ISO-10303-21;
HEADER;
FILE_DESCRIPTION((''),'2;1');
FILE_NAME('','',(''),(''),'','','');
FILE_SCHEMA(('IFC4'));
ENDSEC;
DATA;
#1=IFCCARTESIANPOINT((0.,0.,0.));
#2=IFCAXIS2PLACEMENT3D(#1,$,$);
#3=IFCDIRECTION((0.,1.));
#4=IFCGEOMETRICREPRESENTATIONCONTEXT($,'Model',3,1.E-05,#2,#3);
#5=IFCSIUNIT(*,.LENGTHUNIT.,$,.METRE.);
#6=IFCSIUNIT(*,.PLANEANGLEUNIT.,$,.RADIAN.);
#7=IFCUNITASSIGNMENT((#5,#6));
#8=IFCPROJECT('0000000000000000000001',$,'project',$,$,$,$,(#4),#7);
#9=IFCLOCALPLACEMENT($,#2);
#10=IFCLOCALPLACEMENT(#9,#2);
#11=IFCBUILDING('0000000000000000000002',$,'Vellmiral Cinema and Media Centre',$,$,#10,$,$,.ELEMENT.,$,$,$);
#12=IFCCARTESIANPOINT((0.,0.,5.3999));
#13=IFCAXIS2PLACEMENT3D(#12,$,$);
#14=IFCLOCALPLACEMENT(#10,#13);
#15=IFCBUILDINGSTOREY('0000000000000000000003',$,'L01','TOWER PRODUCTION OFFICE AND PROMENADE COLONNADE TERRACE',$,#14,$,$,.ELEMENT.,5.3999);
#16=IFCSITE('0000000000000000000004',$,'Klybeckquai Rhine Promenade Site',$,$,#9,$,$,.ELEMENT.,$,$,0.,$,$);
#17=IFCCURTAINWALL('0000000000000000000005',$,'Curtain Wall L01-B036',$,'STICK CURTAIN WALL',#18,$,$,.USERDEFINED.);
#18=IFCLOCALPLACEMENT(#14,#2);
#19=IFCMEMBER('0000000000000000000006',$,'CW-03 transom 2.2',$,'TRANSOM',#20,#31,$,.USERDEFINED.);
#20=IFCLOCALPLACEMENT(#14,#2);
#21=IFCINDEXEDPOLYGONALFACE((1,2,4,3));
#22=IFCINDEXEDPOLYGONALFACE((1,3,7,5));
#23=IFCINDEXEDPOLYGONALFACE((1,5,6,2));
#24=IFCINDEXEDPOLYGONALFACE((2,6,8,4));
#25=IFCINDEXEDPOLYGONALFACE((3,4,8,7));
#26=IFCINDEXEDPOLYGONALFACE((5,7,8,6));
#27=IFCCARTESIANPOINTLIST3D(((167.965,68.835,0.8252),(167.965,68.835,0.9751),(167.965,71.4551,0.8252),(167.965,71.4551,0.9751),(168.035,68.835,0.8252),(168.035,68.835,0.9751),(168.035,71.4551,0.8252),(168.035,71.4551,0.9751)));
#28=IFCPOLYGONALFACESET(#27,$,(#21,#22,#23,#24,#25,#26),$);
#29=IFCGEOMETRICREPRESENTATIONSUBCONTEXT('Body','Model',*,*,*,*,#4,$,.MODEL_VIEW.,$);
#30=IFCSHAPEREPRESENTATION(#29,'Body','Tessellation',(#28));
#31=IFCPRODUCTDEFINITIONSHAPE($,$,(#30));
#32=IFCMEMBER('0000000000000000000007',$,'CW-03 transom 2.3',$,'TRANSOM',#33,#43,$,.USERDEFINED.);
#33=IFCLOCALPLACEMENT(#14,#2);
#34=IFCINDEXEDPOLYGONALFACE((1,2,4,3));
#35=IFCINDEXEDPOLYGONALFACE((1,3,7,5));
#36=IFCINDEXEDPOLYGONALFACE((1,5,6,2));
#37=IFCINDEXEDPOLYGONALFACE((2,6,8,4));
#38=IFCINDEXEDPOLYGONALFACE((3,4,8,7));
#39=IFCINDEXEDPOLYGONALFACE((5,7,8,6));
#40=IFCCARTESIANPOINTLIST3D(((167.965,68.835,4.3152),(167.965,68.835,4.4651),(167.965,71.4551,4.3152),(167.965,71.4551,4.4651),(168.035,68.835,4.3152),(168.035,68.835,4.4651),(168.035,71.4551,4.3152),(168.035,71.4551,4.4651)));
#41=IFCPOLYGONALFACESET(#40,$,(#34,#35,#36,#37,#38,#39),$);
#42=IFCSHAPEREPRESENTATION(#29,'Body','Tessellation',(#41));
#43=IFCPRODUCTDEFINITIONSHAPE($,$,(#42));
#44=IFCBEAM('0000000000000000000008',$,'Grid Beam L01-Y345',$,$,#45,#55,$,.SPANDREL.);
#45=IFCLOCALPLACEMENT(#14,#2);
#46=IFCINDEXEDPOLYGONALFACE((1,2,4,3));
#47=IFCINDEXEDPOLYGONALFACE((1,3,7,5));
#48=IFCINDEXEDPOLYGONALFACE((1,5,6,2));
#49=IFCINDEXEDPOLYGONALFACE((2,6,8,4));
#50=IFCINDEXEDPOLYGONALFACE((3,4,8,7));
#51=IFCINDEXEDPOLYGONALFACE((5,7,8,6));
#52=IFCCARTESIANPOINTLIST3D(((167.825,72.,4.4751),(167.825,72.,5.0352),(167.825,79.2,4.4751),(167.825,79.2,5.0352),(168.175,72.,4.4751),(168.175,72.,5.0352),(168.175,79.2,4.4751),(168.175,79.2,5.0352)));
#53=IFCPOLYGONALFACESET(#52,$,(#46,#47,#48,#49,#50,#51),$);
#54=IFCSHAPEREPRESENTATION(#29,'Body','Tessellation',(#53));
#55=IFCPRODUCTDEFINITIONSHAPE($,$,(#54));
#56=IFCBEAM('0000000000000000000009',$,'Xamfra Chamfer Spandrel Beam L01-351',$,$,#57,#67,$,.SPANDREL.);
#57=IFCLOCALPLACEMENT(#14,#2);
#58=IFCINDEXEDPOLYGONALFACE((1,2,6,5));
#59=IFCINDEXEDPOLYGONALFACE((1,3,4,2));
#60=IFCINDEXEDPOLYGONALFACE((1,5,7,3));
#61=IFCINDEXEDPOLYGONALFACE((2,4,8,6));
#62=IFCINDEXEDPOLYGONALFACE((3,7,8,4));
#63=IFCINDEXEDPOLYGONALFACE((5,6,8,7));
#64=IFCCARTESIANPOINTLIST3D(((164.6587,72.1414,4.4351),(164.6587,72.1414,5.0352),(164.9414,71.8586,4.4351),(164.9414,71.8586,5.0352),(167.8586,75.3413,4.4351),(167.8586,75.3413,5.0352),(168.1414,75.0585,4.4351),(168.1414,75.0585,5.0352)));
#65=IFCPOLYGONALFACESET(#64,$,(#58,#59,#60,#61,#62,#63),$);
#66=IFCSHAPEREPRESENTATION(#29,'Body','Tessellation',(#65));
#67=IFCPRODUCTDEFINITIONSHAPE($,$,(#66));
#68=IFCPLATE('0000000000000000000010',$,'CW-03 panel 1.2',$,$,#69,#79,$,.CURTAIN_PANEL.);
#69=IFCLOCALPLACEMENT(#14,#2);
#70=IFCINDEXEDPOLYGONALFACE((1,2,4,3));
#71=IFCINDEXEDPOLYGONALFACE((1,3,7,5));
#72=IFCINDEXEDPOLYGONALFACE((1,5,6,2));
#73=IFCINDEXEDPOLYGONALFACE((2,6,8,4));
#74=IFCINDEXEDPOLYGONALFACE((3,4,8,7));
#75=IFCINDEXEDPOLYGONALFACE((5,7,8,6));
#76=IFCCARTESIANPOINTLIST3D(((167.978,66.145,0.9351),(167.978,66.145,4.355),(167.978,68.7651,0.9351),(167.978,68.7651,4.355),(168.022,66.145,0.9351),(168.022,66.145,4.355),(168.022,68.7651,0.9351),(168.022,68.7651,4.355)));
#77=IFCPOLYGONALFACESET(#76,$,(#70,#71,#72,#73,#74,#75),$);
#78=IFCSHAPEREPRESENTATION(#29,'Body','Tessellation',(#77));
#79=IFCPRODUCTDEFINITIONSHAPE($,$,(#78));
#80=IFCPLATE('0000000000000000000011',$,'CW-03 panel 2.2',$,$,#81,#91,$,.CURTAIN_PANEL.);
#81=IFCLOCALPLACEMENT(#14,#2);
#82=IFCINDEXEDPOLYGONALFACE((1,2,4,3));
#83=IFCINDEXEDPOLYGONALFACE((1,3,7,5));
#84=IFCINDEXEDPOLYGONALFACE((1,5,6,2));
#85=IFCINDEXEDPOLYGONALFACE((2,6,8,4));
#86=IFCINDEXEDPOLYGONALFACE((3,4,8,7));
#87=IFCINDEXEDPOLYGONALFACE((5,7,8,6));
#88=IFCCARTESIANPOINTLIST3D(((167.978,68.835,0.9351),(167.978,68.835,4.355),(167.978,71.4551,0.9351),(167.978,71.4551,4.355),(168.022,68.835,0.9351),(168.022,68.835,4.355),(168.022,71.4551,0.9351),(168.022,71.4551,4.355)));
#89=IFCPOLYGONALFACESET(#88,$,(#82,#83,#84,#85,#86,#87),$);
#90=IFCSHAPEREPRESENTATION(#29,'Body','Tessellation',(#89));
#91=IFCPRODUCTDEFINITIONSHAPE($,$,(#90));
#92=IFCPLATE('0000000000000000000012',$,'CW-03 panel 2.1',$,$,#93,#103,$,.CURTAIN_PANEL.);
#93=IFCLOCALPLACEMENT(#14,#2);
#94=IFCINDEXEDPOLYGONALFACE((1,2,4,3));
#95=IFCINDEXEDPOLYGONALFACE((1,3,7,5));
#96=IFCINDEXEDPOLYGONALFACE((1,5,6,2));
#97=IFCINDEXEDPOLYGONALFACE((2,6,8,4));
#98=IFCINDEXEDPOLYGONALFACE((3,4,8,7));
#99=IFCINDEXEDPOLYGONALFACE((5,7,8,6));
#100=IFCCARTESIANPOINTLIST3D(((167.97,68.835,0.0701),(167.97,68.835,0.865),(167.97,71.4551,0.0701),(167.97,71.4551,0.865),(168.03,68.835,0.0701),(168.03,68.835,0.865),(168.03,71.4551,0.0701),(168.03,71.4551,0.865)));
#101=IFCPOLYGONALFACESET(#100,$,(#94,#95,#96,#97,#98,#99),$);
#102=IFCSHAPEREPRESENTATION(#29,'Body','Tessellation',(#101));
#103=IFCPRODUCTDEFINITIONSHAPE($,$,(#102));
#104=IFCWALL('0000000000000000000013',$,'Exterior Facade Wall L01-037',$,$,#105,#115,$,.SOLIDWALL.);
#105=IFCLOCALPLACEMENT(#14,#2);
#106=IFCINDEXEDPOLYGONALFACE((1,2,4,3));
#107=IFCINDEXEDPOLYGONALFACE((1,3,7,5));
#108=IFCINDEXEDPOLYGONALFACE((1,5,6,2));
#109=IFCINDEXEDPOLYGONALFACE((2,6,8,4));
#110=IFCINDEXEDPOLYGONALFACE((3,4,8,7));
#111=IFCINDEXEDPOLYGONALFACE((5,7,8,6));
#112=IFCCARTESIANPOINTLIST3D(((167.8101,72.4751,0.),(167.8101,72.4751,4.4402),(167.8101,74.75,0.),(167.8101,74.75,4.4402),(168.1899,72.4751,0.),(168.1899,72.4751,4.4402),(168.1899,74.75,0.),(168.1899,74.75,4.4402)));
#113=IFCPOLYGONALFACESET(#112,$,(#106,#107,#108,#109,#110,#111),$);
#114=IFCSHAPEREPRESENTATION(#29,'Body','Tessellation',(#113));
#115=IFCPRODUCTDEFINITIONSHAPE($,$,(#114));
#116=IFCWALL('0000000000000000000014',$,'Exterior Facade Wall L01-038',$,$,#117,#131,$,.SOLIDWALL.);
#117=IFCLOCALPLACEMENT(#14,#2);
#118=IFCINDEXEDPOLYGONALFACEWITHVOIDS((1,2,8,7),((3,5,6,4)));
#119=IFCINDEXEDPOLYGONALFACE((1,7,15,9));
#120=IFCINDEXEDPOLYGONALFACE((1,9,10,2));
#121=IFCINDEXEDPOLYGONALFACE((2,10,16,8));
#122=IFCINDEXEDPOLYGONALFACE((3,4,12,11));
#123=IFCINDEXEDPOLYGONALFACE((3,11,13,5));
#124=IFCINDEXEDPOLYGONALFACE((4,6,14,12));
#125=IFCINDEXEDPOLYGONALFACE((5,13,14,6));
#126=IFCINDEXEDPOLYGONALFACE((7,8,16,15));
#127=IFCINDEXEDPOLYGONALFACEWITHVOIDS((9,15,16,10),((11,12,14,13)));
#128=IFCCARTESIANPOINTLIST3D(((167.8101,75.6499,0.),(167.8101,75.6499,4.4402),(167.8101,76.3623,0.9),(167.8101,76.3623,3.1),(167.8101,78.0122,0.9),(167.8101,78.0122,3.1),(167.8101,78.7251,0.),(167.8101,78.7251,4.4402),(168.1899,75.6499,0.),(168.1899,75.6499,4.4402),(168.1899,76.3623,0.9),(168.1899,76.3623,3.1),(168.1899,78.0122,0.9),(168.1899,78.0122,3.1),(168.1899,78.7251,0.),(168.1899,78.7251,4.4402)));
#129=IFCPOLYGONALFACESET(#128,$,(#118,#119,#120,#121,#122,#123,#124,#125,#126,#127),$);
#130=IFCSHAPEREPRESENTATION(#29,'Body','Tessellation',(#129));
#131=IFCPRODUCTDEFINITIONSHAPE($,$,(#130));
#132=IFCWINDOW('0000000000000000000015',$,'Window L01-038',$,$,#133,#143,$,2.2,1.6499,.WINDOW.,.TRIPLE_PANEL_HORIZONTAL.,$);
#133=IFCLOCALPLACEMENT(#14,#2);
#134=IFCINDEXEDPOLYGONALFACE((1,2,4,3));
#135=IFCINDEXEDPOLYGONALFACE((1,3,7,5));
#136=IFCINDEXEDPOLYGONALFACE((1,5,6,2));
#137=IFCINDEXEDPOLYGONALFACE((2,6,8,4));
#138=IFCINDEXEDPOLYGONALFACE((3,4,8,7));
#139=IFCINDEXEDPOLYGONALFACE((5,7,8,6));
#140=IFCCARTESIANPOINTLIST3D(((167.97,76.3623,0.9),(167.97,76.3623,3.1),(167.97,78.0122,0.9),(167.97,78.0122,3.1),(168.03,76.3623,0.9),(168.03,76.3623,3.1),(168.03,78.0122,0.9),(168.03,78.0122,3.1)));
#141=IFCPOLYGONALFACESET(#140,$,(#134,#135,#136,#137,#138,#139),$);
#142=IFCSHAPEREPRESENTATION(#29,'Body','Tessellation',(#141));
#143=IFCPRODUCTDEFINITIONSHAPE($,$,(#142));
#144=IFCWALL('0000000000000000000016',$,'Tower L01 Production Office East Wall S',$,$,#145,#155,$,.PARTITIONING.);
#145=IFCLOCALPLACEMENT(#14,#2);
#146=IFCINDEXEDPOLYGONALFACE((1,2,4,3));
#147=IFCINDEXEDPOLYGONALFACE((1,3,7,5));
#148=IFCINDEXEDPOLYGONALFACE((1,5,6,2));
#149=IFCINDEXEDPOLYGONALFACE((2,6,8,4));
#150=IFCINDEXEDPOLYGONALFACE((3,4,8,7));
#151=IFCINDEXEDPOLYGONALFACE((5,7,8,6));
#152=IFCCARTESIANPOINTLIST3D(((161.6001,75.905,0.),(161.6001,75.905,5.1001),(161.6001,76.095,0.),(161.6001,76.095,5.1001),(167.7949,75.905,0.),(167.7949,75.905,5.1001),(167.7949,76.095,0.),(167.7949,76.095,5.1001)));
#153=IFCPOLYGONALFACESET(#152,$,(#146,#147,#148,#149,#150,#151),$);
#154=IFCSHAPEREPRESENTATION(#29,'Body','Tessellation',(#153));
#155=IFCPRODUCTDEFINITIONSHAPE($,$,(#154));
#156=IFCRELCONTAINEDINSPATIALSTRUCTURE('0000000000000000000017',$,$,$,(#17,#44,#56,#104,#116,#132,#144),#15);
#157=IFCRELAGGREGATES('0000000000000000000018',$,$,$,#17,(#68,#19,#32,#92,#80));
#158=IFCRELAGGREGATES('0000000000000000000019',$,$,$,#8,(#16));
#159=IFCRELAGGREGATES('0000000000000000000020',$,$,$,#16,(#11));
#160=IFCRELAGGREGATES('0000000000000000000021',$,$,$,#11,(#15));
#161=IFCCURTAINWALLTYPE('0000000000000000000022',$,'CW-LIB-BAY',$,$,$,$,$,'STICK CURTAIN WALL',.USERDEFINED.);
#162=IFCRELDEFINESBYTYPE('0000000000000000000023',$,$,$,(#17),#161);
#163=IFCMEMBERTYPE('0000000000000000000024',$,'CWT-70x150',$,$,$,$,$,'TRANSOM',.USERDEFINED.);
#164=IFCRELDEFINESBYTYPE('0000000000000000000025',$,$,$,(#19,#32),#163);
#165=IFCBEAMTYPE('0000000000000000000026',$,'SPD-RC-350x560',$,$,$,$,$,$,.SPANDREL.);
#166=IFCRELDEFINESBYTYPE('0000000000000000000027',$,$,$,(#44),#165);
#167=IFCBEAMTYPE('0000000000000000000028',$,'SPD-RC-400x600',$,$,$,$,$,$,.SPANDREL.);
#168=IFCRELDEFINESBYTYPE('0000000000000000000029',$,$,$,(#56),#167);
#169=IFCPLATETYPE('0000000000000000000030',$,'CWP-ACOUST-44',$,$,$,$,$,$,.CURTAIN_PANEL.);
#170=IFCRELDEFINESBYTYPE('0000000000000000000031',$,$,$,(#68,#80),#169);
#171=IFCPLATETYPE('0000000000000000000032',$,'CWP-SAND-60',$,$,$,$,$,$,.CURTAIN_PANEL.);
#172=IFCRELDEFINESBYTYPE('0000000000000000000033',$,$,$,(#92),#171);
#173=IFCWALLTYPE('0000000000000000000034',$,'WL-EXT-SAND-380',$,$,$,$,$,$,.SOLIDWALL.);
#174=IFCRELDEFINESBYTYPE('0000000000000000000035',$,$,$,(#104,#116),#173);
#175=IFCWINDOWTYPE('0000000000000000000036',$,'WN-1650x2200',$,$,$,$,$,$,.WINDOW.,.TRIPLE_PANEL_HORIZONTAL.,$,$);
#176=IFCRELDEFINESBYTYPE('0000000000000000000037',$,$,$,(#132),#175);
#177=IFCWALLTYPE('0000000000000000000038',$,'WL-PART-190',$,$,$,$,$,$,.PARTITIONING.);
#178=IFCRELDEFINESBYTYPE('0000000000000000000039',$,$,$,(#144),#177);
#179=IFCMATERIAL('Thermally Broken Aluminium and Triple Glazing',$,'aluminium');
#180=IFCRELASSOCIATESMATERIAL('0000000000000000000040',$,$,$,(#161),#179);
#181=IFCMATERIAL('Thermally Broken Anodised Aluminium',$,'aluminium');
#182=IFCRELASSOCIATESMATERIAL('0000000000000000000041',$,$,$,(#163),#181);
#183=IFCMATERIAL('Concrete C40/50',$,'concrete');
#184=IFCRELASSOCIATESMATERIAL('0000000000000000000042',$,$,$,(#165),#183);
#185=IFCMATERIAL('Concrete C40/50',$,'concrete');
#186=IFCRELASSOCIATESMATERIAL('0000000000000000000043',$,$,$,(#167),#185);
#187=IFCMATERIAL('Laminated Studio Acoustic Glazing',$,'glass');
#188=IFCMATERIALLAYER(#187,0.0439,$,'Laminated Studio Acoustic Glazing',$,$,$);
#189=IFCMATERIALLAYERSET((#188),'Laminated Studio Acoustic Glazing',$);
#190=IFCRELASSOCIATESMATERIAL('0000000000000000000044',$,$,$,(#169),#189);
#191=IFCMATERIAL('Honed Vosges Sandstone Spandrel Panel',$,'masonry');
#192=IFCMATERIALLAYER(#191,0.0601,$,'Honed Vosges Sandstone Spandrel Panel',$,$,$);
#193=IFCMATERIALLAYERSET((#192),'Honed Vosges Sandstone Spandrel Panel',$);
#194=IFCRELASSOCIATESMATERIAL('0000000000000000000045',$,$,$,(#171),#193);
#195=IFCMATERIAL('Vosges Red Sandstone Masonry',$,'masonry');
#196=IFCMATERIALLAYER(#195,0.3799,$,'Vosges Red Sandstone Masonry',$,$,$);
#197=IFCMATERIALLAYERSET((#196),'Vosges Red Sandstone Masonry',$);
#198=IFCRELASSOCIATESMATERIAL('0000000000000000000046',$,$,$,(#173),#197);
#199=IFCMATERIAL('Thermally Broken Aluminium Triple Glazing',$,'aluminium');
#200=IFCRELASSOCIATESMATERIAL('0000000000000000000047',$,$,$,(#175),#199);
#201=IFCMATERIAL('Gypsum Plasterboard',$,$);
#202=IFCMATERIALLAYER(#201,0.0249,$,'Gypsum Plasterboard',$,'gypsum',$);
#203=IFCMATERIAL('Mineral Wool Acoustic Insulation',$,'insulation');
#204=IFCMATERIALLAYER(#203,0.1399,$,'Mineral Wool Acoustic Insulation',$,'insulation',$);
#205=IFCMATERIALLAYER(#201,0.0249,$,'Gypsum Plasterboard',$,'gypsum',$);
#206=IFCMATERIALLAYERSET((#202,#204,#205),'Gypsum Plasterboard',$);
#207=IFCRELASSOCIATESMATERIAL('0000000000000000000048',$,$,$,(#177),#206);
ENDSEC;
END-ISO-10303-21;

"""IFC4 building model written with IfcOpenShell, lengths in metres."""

from ifc_helpers import new_model, si_unit, direction, frame, frame_2d, origin, origin_2d, place, context, subcontext, project, spatial, rectangle, extrude, material, layer, layer_set, material_profile, profile_set, type_object, element, fill, aggregate, save


model = new_model("IFC4")

# Units and contexts
model_context = context("Model", 3, precision=1e-05, world=origin(), true_north=direction((0.0, 1.0)))
body_context = subcontext(model_context, "Body", "Model", "MODEL_VIEW")
ifc_project = project(units=[si_unit("LENGTHUNIT", "METRE"), si_unit("PLANEANGLEUNIT", "RADIAN")], contexts=[model_context])

# Site, building, storey
site_placement = place(None, origin())
site = spatial("IfcSite", under=ifc_project, at=site_placement, Name="Klybeckquai Rhine Promenade Site", CompositionType="ELEMENT", RefElevation=0.0)
building_placement = place(site_placement, origin())
building = spatial("IfcBuilding", under=site, at=building_placement, Name="Vellmiral Cinema and Media Centre", CompositionType="ELEMENT")
storey_placement = place(building_placement, frame((0.0, 0.0, 5.3999)))
storey = spatial("IfcBuildingStorey", under=building, at=storey_placement, Name="L01", Description="TOWER PRODUCTION OFFICE AND PROMENADE COLONNADE TERRACE", CompositionType="ELEMENT", Elevation=5.3999)

# Curtain wall, members
ifc_material_1 = material(Name="Thermally Broken Aluminium and Triple Glazing", Category="aluminium")
curtain_wall_type = type_object("IfcCurtainWallType", Name="CW-LIB-BAY", ElementType="STICK CURTAIN WALL", PredefinedType="USERDEFINED", material=ifc_material_1)
curtain_wall_placement = place(storey_placement, origin())
curtain_wall = element("IfcCurtainWall", 1, at=curtain_wall_placement, inside=storey, type_object=curtain_wall_type, Name="Curtain Wall L01-B036", ObjectType="STICK CURTAIN WALL", PredefinedType="USERDEFINED")
ifc_material_2 = material(Name="Thermally Broken Anodised Aluminium", Category="aluminium")
ifc_material_profile_1 = material_profile(ifc_material_2, rectangle(XDim=0.0701, YDim=0.1499, at=origin_2d()), Name="MULL 70x150")
ifc_profile_set_1 = profile_set([ifc_material_profile_1], Name="Thermally Broken Anodised Aluminium")
member_type_1 = type_object("IfcMemberType", Name="CWT-70x150", ElementType="TRANSOM", PredefinedType="USERDEFINED", material=ifc_profile_set_1)
member_1_placement = place(storey_placement, frame((168.0, 68.835, 0.9001), z_axis=(0.0, 1.0, 0.0), x_axis=(-1.0, 0.0, 0.0)))
member_1 = element("IfcMember", 2, at=member_1_placement, type_object=member_type_1, Name="CW-03 transom 2.2", ObjectType="TRANSOM", PredefinedType="USERDEFINED", context=body_context, shape_type="SweptSolid", body=[
    extrude(rectangle(XDim=0.0701, YDim=0.1499, at=origin_2d()), origin(), (0.0, 0.0, 1.0), 2.6201),
])
member_2_placement = place(storey_placement, frame((168.0, 68.835, 4.3901), z_axis=(0.0, 1.0, 0.0), x_axis=(-1.0, 0.0, 0.0)))
member_2 = element("IfcMember", 3, at=member_2_placement, type_object=member_type_1, Name="CW-03 transom 2.3", ObjectType="TRANSOM", PredefinedType="USERDEFINED", context=body_context, shape_type="SweptSolid", body=[
    extrude(rectangle(XDim=0.0701, YDim=0.1499, at=origin_2d()), origin(), (0.0, 0.0, 1.0), 2.6201),
])

# Beams
ifc_material_3 = material(Name="Concrete C40/50", Category="concrete")
ifc_material_profile_2 = material_profile(ifc_material_3, rectangle(XDim=0.3501, YDim=0.5601, at=origin_2d()), Name="RC 350x560")
ifc_profile_set_2 = profile_set([ifc_material_profile_2], Name="Concrete C40/50")
beam_type_1 = type_object("IfcBeamType", Name="SPD-RC-350x560", PredefinedType="SPANDREL", material=ifc_profile_set_2)
beam_1_placement = place(storey_placement, frame((168.0, 72.0, 4.7551), z_axis=(0.0, 1.0, 0.0), x_axis=(-1.0, 0.0, 0.0)))
element("IfcBeam", 4, at=beam_1_placement, inside=storey, type_object=beam_type_1, Name="Grid Beam L01-Y345", PredefinedType="SPANDREL", context=body_context, shape_type="SweptSolid", body=[
    extrude(rectangle(XDim=0.3501, YDim=0.5601, at=origin_2d()), origin(), (0.0, 0.0, 1.0), 7.2),
])
ifc_material_4 = material(Name="Concrete C40/50", Category="concrete")
ifc_material_profile_3 = material_profile(ifc_material_4, rectangle(XDim=0.3999, YDim=0.6001, at=origin_2d()), Name="RC 400x600")
ifc_profile_set_3 = profile_set([ifc_material_profile_3], Name="Concrete C40/50")
beam_type_2 = type_object("IfcBeamType", Name="SPD-RC-400x600", PredefinedType="SPANDREL", material=ifc_profile_set_3)
beam_2_placement = place(storey_placement, frame((164.8, 72.0, 4.7351), z_axis=(0.707107, 0.707107, 0.0), x_axis=(-0.707107, 0.707107, 0.0)))
element("IfcBeam", 5, at=beam_2_placement, inside=storey, type_object=beam_type_2, Name="Xamfra Chamfer Spandrel Beam L01-351", PredefinedType="SPANDREL", context=body_context, shape_type="SweptSolid", body=[
    extrude(rectangle(XDim=0.3999, YDim=0.6001, at=origin_2d()), origin(), (0.0, 0.0, 1.0), 4.5254),
])

# Plates
ifc_material_5 = material(Name="Laminated Studio Acoustic Glazing", Category="glass")
ifc_layer_1 = layer(ifc_material_5, 0.0439, Name="Laminated Studio Acoustic Glazing")
ifc_layer_set_1 = layer_set([ifc_layer_1], Name="Laminated Studio Acoustic Glazing")
plate_type_1 = type_object("IfcPlateType", Name="CWP-ACOUST-44", PredefinedType="CURTAIN_PANEL", material=ifc_layer_set_1)
plate_1_placement = place(storey_placement, frame((168.0, 67.4551, 0.9351), z_axis=(0.0, 0.0, 1.0), x_axis=(0.0, 1.0, 0.0)))
plate_1 = element("IfcPlate", 6, at=plate_1_placement, type_object=plate_type_1, Name="CW-03 panel 1.2", PredefinedType="CURTAIN_PANEL", context=body_context, shape_type="SweptSolid", body=[
    extrude(rectangle(XDim=2.6201, YDim=0.0439, at=origin_2d()), origin(), (0.0, 0.0, 1.0), 3.4199),
])
plate_2_placement = place(storey_placement, frame((168.0, 70.145, 0.9351), z_axis=(0.0, 0.0, 1.0), x_axis=(0.0, 1.0, 0.0)))
plate_2 = element("IfcPlate", 7, at=plate_2_placement, type_object=plate_type_1, Name="CW-03 panel 2.2", PredefinedType="CURTAIN_PANEL", context=body_context, shape_type="SweptSolid", body=[
    extrude(rectangle(XDim=2.6201, YDim=0.0439, at=origin_2d()), origin(), (0.0, 0.0, 1.0), 3.4199),
])
ifc_material_6 = material(Name="Honed Vosges Sandstone Spandrel Panel", Category="masonry")
ifc_layer_2 = layer(ifc_material_6, 0.0601, Name="Honed Vosges Sandstone Spandrel Panel")
ifc_layer_set_2 = layer_set([ifc_layer_2], Name="Honed Vosges Sandstone Spandrel Panel")
plate_type_2 = type_object("IfcPlateType", Name="CWP-SAND-60", PredefinedType="CURTAIN_PANEL", material=ifc_layer_set_2)
plate_3_placement = place(storey_placement, frame((168.0, 70.145, 0.0701), z_axis=(0.0, 0.0, 1.0), x_axis=(0.0, 1.0, 0.0)))
plate_3 = element("IfcPlate", 8, at=plate_3_placement, type_object=plate_type_2, Name="CW-03 panel 2.1", PredefinedType="CURTAIN_PANEL", context=body_context, shape_type="SweptSolid", body=[
    extrude(rectangle(XDim=2.6201, YDim=0.0601, at=origin_2d()), origin(), (0.0, 0.0, 1.0), 0.7949),
])
aggregate(curtain_wall, [plate_1, member_1, member_2, plate_3, plate_2])

# Wall
ifc_material_7 = material(Name="Vosges Red Sandstone Masonry", Category="masonry")
ifc_layer_3 = layer(ifc_material_7, 0.3799, Name="Vosges Red Sandstone Masonry")
ifc_layer_set_3 = layer_set([ifc_layer_3], Name="Vosges Red Sandstone Masonry")
wall_type_1 = type_object("IfcWallType", Name="WL-EXT-SAND-380", PredefinedType="SOLIDWALL", material=ifc_layer_set_3)
wall_1_placement = place(storey_placement, frame((168.0, 72.4751, 0.0), z_axis=(0.0, 0.0, 1.0), x_axis=(0.0, 1.0, 0.0)))
element("IfcWall", 9, at=wall_1_placement, inside=storey, type_object=wall_type_1, Name="Exterior Facade Wall L01-037", PredefinedType="SOLIDWALL", context=body_context, shape_type="SweptSolid", body=[
    extrude(rectangle(XDim=2.2749, YDim=0.3799, at=frame_2d((1.1375, 0.0))), origin(), (0.0, 0.0, 1.0), 4.4402),
])

# Wall, opening, window
wall_2_placement = place(storey_placement, frame((168.0, 75.6499, 0.0), z_axis=(0.0, 0.0, 1.0), x_axis=(0.0, 1.0, 0.0)))
wall_2 = element("IfcWall", 10, at=wall_2_placement, inside=storey, type_object=wall_type_1, Name="Exterior Facade Wall L01-038", PredefinedType="SOLIDWALL", context=body_context, shape_type="SweptSolid", body=[
    extrude(rectangle(XDim=3.0752, YDim=0.3799, at=frame_2d((1.5376, 0.0))), origin(), (0.0, 0.0, 1.0), 4.4402),
])
opening_placement = place(wall_2_placement, frame((0.7124, 0.0, 0.8999)))
opening = element("IfcOpeningElement", 11, at=opening_placement, cuts=wall_2, PredefinedType="OPENING", context=body_context, shape_type="SweptSolid", body=[
    extrude(rectangle(XDim=1.6499, YDim=2.2, at=frame_2d((0.825, 1.1001))), frame((0.0, 0.2019, 0.0), z_axis=(0.0, -1.0, 0.0), x_axis=(1.0, 0.0, 0.0)), (0.0, 0.0, 1.0), 0.4038),
])
ifc_material_8 = material(Name="Thermally Broken Aluminium Triple Glazing", Category="aluminium")
window_type = type_object("IfcWindowType", Name="WN-1650x2200", PartitioningType="TRIPLE_PANEL_HORIZONTAL", PredefinedType="WINDOW", material=ifc_material_8)
window_placement = place(opening_placement, origin())
window = element("IfcWindow", 12, at=window_placement, inside=storey, type_object=window_type, Name="Window L01-038", OverallHeight=2.2, OverallWidth=1.6499, PartitioningType="TRIPLE_PANEL_HORIZONTAL", PredefinedType="WINDOW", context=body_context, shape_type="SweptSolid", body=[
    extrude(rectangle(XDim=1.6499, YDim=2.2, at=frame_2d((0.825, 1.1001))), frame((0.0, 0.03, 0.0), z_axis=(0.0, -1.0, 0.0), x_axis=(1.0, 0.0, 0.0)), (0.0, 0.0, 1.0), 0.0601),
])
fill(opening, window)

# Wall
ifc_material_9 = material(Name="Gypsum Plasterboard")
ifc_layer_4 = layer(ifc_material_9, 0.0249, Name="Gypsum Plasterboard", Category="gypsum")
ifc_material_10 = material(Name="Mineral Wool Acoustic Insulation", Category="insulation")
ifc_layer_5 = layer(ifc_material_10, 0.1399, Name="Mineral Wool Acoustic Insulation", Category="insulation")
ifc_layer_6 = layer(ifc_material_9, 0.0249, Name="Gypsum Plasterboard", Category="gypsum")
ifc_layer_set_4 = layer_set([ifc_layer_4, ifc_layer_5, ifc_layer_6], Name="Gypsum Plasterboard")
wall_type_2 = type_object("IfcWallType", Name="WL-PART-190", PredefinedType="PARTITIONING", material=ifc_layer_set_4)
wall_3_placement = place(storey_placement, frame((161.6001, 76.0, 0.0), z_axis=(0.0, 0.0, 1.0), x_axis=(1.0, 0.0, 0.0)))
element("IfcWall", 13, at=wall_3_placement, inside=storey, type_object=wall_type_2, Name="Tower L01 Production Office East Wall S", PredefinedType="PARTITIONING", context=body_context, shape_type="SweptSolid", body=[
    extrude(rectangle(XDim=6.1948, YDim=0.1899, at=frame_2d((3.0974, 0.0))), origin(), (0.0, 0.0, 1.0), 5.1001),
])

save(model, "model.ifc")
